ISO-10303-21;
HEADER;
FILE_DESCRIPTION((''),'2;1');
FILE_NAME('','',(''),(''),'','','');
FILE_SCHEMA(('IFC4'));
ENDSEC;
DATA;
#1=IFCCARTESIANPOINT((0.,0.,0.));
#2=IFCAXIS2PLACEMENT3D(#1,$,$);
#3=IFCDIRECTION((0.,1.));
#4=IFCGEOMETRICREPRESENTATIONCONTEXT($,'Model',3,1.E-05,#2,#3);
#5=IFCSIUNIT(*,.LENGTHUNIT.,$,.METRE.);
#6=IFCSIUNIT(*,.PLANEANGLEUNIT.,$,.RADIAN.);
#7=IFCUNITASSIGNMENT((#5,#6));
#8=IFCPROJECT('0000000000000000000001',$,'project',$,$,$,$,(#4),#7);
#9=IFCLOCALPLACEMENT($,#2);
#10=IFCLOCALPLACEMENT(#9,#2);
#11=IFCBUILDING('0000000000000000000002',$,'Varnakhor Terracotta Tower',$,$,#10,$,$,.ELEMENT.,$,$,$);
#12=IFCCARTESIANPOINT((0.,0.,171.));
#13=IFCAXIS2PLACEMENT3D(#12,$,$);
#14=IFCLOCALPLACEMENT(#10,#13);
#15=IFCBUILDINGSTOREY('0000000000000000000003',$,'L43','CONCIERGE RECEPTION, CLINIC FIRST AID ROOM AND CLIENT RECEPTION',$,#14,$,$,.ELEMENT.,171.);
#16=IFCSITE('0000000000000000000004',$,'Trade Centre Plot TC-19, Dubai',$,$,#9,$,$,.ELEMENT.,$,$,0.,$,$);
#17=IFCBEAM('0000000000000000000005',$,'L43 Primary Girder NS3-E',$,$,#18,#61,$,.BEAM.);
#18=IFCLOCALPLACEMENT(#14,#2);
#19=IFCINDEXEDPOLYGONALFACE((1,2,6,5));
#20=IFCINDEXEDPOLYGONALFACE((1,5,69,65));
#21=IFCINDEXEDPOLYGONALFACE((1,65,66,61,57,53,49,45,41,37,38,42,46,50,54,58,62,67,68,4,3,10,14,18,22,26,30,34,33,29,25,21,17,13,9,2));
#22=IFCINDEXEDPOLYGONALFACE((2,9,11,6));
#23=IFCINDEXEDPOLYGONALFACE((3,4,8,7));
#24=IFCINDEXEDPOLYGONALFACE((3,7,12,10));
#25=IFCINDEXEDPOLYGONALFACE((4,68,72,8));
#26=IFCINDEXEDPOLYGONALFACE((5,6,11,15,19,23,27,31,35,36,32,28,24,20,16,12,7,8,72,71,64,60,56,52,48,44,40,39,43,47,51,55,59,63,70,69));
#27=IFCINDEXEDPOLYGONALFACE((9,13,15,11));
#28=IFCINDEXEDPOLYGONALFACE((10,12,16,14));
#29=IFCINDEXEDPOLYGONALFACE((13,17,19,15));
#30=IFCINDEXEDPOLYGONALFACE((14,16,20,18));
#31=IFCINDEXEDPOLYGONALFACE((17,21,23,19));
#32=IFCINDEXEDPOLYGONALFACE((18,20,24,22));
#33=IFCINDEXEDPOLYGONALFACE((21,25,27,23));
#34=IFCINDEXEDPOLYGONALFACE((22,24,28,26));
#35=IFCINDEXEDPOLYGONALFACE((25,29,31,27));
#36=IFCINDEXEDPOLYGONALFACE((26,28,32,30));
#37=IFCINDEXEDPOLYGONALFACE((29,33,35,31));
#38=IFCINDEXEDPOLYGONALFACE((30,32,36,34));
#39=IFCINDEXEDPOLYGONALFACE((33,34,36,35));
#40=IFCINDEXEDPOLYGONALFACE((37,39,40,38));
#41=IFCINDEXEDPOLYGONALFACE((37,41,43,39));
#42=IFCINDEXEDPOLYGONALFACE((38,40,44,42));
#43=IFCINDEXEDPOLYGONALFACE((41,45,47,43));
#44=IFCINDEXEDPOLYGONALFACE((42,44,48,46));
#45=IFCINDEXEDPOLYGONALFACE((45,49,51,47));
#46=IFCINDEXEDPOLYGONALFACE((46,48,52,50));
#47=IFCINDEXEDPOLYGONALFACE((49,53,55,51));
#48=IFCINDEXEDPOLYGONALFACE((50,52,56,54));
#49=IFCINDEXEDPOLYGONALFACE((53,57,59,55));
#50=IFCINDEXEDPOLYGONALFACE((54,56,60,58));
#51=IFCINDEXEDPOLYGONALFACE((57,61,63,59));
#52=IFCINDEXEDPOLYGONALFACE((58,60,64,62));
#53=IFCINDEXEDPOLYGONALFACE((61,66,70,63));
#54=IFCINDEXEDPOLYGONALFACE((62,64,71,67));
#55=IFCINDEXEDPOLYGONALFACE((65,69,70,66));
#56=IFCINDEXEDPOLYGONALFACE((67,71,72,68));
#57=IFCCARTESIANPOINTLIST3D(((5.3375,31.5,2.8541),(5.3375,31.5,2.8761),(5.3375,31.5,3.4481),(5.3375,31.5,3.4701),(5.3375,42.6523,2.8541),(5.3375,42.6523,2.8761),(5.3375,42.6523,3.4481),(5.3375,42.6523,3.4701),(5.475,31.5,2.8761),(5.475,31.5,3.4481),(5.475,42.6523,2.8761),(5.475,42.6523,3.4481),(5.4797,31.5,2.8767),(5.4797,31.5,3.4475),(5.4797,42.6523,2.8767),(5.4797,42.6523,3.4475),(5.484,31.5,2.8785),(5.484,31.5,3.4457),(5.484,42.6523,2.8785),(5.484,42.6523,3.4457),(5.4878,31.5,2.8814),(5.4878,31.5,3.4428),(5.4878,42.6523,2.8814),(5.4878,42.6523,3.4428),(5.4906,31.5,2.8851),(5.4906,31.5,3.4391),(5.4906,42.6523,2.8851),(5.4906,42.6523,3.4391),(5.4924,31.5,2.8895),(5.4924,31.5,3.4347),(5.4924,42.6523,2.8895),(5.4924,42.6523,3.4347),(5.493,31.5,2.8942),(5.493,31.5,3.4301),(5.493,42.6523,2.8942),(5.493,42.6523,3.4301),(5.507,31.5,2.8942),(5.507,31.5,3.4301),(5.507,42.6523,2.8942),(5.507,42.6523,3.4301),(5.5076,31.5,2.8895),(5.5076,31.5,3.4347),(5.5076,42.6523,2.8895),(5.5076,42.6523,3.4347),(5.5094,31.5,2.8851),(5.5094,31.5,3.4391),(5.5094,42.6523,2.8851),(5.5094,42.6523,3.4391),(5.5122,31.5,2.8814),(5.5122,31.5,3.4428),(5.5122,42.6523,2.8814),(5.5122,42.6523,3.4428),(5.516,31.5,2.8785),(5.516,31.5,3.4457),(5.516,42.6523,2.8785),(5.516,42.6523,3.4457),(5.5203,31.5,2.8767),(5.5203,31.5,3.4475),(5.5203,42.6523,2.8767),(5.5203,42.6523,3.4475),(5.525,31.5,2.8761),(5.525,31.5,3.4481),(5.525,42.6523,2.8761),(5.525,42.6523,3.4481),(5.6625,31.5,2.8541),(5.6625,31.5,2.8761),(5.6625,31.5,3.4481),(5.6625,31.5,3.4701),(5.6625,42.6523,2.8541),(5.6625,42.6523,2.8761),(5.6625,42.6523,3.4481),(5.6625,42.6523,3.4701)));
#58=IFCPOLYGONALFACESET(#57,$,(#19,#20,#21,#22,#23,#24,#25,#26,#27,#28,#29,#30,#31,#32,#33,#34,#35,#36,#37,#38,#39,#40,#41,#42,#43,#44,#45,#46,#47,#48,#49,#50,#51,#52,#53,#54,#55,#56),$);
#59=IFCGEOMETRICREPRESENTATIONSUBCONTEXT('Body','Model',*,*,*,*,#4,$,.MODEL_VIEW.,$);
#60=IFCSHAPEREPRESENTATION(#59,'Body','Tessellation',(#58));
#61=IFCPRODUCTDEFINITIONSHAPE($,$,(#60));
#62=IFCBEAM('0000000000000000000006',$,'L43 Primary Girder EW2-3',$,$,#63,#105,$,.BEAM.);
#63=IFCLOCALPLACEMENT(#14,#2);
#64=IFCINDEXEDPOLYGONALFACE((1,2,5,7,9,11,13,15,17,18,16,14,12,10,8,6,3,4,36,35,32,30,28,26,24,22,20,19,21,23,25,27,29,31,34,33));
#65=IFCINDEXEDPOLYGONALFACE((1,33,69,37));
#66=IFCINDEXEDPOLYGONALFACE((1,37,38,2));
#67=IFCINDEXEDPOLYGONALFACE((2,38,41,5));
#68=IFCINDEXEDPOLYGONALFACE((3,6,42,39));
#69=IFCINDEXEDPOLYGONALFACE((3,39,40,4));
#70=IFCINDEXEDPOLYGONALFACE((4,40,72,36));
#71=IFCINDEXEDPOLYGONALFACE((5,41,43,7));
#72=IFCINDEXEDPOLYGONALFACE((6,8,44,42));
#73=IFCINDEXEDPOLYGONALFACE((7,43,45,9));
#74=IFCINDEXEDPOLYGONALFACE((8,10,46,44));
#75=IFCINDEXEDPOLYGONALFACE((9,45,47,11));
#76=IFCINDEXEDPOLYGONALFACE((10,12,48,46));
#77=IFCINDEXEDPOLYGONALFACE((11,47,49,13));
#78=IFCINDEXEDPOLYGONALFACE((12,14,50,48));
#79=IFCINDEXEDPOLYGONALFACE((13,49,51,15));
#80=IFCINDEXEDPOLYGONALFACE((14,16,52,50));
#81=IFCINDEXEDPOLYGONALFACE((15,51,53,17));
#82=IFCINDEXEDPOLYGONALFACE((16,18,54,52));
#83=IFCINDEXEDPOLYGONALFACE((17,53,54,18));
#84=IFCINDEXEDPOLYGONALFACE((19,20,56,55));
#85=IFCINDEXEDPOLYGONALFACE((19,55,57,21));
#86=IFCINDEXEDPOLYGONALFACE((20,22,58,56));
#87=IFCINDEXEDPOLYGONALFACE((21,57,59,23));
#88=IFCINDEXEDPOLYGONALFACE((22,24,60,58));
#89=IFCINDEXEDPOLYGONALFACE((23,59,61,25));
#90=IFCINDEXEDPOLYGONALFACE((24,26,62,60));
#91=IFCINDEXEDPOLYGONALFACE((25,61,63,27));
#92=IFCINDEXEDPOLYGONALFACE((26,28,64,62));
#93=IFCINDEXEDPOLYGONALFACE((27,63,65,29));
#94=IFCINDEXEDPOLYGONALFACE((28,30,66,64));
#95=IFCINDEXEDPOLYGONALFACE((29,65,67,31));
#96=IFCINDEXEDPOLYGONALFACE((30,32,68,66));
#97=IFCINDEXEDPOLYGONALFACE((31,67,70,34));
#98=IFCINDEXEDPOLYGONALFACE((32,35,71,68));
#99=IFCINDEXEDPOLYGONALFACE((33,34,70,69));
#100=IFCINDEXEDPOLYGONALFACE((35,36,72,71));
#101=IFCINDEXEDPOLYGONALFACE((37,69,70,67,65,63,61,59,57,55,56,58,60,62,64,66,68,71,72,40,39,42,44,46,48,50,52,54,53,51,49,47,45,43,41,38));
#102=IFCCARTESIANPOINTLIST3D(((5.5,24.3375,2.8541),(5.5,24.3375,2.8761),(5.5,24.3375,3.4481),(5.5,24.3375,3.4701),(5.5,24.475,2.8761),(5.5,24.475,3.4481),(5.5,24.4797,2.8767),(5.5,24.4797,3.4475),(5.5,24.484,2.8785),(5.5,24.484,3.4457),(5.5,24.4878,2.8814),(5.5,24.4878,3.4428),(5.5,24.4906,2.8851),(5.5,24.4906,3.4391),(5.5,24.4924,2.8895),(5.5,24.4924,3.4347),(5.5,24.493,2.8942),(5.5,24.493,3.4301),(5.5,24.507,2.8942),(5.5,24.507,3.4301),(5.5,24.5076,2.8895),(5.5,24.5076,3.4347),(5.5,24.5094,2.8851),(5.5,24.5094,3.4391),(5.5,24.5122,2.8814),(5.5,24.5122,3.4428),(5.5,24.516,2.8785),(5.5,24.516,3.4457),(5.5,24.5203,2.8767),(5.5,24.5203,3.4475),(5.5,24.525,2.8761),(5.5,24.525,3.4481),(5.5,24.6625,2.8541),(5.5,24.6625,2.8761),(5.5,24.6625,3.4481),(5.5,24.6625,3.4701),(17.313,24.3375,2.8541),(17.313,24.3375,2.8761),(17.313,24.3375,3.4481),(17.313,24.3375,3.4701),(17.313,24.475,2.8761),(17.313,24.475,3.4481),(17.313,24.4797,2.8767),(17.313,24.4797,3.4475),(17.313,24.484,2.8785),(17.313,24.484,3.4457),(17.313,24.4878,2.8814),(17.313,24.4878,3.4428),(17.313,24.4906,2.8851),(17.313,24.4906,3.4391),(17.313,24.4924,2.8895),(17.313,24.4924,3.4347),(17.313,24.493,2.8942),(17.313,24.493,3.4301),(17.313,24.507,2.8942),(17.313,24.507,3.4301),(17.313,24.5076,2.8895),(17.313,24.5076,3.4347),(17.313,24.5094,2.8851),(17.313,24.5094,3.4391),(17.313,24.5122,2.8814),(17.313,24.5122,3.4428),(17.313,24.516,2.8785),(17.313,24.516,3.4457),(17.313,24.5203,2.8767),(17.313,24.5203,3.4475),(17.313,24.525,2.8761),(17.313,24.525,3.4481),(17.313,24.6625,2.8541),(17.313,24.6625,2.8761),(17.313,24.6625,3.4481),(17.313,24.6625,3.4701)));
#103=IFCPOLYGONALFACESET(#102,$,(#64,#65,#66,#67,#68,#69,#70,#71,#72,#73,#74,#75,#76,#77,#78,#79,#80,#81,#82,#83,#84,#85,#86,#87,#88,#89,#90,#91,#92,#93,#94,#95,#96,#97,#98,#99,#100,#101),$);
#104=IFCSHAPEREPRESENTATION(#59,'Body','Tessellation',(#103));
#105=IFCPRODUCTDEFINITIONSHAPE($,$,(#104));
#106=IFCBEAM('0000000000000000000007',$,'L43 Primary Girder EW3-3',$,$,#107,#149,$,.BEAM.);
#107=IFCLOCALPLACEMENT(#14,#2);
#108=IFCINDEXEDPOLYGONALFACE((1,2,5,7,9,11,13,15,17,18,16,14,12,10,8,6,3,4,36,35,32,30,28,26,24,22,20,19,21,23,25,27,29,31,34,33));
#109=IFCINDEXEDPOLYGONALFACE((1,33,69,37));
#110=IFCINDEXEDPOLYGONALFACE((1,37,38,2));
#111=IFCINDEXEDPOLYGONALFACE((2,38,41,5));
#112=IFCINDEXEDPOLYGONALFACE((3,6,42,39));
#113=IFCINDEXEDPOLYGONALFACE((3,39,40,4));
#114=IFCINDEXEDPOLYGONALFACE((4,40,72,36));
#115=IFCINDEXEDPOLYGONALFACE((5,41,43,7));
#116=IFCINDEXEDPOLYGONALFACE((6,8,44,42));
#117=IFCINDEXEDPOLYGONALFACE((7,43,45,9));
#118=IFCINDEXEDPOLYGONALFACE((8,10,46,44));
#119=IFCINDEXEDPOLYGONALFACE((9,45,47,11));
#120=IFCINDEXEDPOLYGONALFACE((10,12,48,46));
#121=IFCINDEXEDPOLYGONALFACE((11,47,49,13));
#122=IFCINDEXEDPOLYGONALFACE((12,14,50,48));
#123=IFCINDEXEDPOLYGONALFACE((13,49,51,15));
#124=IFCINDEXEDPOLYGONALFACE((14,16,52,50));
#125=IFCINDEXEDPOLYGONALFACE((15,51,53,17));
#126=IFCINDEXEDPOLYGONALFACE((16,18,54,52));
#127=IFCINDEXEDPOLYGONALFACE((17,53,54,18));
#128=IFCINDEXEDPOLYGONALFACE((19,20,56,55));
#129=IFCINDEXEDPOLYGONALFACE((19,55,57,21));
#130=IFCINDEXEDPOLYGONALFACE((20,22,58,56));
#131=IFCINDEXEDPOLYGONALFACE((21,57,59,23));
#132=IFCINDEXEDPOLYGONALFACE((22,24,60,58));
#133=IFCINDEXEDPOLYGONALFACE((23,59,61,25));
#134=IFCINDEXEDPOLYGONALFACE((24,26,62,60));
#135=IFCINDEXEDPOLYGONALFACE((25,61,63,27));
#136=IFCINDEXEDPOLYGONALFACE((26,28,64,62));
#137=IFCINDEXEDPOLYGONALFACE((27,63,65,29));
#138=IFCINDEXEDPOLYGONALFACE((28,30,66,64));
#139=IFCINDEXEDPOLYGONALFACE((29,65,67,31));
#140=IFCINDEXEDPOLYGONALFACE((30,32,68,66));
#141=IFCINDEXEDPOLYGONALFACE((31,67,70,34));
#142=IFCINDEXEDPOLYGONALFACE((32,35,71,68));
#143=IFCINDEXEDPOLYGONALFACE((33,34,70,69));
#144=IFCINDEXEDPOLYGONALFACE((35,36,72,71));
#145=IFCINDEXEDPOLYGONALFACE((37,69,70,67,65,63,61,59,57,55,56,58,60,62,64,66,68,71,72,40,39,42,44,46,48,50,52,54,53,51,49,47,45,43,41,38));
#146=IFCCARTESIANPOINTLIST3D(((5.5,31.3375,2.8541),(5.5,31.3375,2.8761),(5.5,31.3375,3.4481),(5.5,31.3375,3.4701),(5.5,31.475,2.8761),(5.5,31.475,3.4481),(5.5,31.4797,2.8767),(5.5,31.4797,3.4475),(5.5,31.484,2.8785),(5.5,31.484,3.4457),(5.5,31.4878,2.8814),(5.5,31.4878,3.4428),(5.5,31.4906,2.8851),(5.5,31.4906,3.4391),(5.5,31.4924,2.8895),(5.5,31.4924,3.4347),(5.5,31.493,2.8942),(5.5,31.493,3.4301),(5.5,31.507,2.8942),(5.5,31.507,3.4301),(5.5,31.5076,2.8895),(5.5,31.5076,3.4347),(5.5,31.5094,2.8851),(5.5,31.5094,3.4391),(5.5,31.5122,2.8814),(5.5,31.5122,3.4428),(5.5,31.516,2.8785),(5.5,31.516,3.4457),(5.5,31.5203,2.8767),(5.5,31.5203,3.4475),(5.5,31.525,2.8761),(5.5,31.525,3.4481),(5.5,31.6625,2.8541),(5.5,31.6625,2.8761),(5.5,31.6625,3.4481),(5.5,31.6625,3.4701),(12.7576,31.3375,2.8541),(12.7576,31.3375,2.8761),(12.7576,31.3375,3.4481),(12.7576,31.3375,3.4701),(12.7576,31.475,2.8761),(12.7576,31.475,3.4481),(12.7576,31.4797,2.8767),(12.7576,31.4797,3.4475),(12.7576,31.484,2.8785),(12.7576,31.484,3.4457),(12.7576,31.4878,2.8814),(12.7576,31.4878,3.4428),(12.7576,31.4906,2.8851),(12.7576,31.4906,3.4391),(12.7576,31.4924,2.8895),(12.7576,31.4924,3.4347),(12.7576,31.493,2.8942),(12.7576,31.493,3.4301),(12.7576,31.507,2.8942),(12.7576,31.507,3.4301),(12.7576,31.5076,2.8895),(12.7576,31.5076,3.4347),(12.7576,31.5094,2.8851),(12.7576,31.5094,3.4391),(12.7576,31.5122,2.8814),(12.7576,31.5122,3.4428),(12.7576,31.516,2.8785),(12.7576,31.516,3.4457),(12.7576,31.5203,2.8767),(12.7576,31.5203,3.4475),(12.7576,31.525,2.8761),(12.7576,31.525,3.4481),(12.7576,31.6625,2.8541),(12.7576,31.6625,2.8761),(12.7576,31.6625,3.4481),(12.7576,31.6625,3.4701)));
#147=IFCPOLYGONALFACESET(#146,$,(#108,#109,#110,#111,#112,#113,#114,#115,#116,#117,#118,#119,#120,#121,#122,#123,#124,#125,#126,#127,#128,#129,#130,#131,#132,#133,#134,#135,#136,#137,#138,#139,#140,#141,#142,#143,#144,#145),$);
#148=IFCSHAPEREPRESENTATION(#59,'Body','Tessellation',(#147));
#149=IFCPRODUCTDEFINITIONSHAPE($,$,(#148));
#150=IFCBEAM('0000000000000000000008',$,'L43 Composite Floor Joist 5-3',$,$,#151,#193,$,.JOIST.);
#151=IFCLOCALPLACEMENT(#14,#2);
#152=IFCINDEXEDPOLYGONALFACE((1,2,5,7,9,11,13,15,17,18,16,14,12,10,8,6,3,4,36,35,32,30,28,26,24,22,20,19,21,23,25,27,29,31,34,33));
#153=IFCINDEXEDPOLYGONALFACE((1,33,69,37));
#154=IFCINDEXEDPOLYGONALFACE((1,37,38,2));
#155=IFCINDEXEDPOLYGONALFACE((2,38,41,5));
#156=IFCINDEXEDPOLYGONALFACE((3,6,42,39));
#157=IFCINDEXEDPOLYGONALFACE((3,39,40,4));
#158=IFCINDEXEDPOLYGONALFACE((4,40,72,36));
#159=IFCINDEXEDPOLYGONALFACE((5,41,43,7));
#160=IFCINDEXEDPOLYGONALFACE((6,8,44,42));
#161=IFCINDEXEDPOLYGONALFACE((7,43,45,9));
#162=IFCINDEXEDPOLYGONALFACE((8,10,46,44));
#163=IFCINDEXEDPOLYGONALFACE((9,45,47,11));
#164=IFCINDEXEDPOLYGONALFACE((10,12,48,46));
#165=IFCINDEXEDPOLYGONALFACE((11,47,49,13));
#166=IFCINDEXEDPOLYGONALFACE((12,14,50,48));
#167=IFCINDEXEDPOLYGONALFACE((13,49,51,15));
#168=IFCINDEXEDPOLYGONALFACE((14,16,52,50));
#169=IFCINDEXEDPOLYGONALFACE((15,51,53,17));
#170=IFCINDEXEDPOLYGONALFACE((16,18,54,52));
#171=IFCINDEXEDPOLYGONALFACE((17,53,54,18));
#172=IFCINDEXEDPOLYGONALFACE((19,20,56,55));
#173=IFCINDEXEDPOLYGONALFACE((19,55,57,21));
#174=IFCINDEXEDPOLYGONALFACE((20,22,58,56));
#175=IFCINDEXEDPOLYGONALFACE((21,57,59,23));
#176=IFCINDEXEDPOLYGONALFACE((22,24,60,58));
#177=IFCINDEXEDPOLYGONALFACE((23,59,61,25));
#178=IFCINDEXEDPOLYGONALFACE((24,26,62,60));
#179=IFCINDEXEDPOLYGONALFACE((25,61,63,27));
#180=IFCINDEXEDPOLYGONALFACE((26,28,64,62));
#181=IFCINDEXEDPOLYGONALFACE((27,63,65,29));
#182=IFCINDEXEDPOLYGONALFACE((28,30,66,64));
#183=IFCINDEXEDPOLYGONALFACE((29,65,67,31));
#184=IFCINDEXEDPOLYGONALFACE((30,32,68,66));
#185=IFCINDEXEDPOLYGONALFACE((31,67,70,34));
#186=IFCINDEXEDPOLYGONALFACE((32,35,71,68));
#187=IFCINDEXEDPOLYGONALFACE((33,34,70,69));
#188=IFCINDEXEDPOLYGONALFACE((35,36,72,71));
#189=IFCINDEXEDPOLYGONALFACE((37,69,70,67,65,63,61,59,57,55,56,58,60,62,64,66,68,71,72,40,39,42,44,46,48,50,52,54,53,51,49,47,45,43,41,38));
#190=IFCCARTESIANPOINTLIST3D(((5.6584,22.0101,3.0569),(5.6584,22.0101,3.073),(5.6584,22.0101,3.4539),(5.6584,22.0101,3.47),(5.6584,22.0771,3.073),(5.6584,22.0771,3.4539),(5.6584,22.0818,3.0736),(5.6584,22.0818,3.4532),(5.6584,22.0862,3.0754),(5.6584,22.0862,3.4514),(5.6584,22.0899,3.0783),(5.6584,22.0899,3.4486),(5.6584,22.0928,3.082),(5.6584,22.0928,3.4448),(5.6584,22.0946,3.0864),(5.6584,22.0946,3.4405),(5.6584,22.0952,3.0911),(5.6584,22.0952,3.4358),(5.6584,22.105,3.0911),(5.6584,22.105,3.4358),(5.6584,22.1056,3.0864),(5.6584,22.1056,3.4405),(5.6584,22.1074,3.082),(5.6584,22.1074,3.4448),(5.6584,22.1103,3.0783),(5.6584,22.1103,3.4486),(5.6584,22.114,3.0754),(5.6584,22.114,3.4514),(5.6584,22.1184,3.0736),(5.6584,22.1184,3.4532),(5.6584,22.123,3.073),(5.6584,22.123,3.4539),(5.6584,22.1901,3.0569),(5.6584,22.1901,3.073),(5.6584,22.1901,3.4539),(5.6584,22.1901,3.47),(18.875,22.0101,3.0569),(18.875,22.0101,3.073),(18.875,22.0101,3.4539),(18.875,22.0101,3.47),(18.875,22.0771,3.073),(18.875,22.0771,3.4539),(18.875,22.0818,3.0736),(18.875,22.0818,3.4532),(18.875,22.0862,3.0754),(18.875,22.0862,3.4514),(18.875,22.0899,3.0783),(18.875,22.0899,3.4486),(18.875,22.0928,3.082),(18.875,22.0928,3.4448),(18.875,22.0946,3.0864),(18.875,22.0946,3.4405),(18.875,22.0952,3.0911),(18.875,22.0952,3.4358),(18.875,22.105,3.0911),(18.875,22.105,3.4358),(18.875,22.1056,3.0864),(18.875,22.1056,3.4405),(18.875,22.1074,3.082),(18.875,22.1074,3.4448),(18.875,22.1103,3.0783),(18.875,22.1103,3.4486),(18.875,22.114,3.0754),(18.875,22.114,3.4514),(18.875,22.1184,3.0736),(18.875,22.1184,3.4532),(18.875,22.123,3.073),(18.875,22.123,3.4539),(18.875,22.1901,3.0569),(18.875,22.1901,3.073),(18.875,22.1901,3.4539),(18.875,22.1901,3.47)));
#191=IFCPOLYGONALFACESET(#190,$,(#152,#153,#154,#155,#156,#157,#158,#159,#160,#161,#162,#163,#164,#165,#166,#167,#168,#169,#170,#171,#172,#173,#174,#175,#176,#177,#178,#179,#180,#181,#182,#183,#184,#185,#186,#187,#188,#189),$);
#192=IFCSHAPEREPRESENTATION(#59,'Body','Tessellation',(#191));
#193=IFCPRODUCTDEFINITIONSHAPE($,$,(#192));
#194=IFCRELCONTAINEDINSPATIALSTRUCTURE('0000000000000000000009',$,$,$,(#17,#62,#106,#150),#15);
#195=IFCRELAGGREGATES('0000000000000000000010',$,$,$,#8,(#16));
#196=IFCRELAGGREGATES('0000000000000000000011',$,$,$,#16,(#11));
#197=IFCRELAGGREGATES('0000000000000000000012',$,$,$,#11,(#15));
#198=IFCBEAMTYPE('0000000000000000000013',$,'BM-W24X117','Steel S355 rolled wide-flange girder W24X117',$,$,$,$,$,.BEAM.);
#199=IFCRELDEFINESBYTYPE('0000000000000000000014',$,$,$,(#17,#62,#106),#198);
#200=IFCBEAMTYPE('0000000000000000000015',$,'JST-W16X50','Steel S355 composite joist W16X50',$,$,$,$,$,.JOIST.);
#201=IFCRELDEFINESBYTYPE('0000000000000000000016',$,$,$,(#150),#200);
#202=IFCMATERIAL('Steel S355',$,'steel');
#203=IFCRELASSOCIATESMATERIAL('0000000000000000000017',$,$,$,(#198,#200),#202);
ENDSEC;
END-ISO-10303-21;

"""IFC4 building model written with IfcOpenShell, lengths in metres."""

from ifc_helpers import new_model, si_unit, direction, frame, origin, origin_2d, place, context, subcontext, project, spatial, i_section, extrude, source, transform, mapped, material, material_profile, profile_set, type_object, element, save


model = new_model("IFC4")

# Units and contexts
model_context = context("Model", 3, precision=1e-05, world=origin(), true_north=direction((0.0, 1.0)))
body_context = subcontext(model_context, "Body", "Model", "MODEL_VIEW")
ifc_project = project(units=[si_unit("LENGTHUNIT", "METRE"), si_unit("PLANEANGLEUNIT", "RADIAN")], contexts=[model_context])

# Site, building, storey
site_placement = place(None, origin())
site = spatial("IfcSite", under=ifc_project, at=site_placement, Name="Trade Centre Plot TC-19, Dubai", CompositionType="ELEMENT", RefElevation=0.0)
building_placement = place(site_placement, origin())
building = spatial("IfcBuilding", under=site, at=building_placement, Name="Varnakhor Terracotta Tower", CompositionType="ELEMENT")
storey_placement = place(building_placement, frame((0.0, 0.0, 171.0)))
storey = spatial("IfcBuildingStorey", under=building, at=storey_placement, Name="L43", Description="CONCIERGE RECEPTION, CLINIC FIRST AID ROOM AND CLIENT RECEPTION", CompositionType="ELEMENT", Elevation=171.0)

# Beams
ifc_material_1 = material(Name="Steel S355", Category="steel")
ifc_material_profile_1 = material_profile(ifc_material_1, i_section(OverallWidth=0.325, OverallDepth=0.616, WebThickness=0.0139, FlangeThickness=0.022, FilletRadius=0.0181, at=origin_2d()), Name="W24X117")
ifc_profile_set_1 = profile_set([ifc_material_profile_1], Name="Steel S355")
beam_type_1 = type_object("IfcBeamType", Name="BM-W24X117", Description="Steel S355 rolled wide-flange girder W24X117", PredefinedType="BEAM", material=ifc_profile_set_1)
shared_shape_1 = source(origin(), body_context, "Body", "SweptSolid", [
    extrude(i_section(OverallWidth=0.325, OverallDepth=0.616, WebThickness=0.0139, FlangeThickness=0.022, FilletRadius=0.0181, at=origin_2d()), origin(), (0.0, 0.0, 1.0), 11.1523),
])
beam_1_placement = place(storey_placement, frame((5.5, 31.5, 3.1621), z_axis=(0.0, 1.0, 0.0), x_axis=(-1.0, 0.0, 0.0)))
element("IfcBeam", 1, at=beam_1_placement, inside=storey, type_object=beam_type_1, Name="L43 Primary Girder NS3-E", PredefinedType="BEAM", context=body_context, shape_type="MappedRepresentation", body=[
    mapped(shared_shape_1, transform((0.0, 0.0, 0.0), scale=1.0)),
])
shared_shape_2 = source(origin(), body_context, "Body", "SweptSolid", [
    extrude(i_section(OverallWidth=0.325, OverallDepth=0.616, WebThickness=0.0139, FlangeThickness=0.022, FilletRadius=0.0181, at=origin_2d()), origin(), (0.0, 0.0, 1.0), 11.813),
])
beam_2_placement = place(storey_placement, frame((5.5, 24.5, 3.1621), z_axis=(1.0, 0.0, 0.0), x_axis=(0.0, 1.0, 0.0)))
element("IfcBeam", 2, at=beam_2_placement, inside=storey, type_object=beam_type_1, Name="L43 Primary Girder EW2-3", PredefinedType="BEAM", context=body_context, shape_type="MappedRepresentation", body=[
    mapped(shared_shape_2, transform((0.0, 0.0, 0.0), scale=1.0)),
])
shared_shape_3 = source(origin(), body_context, "Body", "SweptSolid", [
    extrude(i_section(OverallWidth=0.325, OverallDepth=0.616, WebThickness=0.0139, FlangeThickness=0.022, FilletRadius=0.0181, at=origin_2d()), origin(), (0.0, 0.0, 1.0), 7.2576),
])
beam_3_placement = place(storey_placement, frame((5.5, 31.5, 3.1621), z_axis=(1.0, 0.0, 0.0), x_axis=(0.0, 1.0, 0.0)))
element("IfcBeam", 3, at=beam_3_placement, inside=storey, type_object=beam_type_1, Name="L43 Primary Girder EW3-3", PredefinedType="BEAM", context=body_context, shape_type="MappedRepresentation", body=[
    mapped(shared_shape_3, transform((0.0, 0.0, 0.0), scale=1.0)),
])
ifc_material_profile_2 = material_profile(ifc_material_1, i_section(OverallWidth=0.1799, OverallDepth=0.4131, WebThickness=0.0098, FlangeThickness=0.0161, FilletRadius=0.0181, at=origin_2d()), Name="W16X50")
ifc_profile_set_2 = profile_set([ifc_material_profile_2], Name="Steel S355")
beam_type_2 = type_object("IfcBeamType", Name="JST-W16X50", Description="Steel S355 composite joist W16X50", PredefinedType="JOIST", material=ifc_profile_set_2)
shared_shape_4 = source(origin(), body_context, "Body", "SweptSolid", [
    extrude(i_section(OverallWidth=0.1799, OverallDepth=0.4131, WebThickness=0.0098, FlangeThickness=0.0161, FilletRadius=0.0181, at=origin_2d()), origin(), (0.0, 0.0, 1.0), 13.2166),
])
beam_4_placement = place(storey_placement, frame((5.6584, 22.1001, 3.2634), z_axis=(1.0, 0.0, 0.0), x_axis=(0.0, 1.0, 0.0)))
element("IfcBeam", 4, at=beam_4_placement, inside=storey, type_object=beam_type_2, Name="L43 Composite Floor Joist 5-3", PredefinedType="JOIST", context=body_context, shape_type="MappedRepresentation", body=[
    mapped(shared_shape_4, transform((0.0, 0.0, 0.0), scale=1.0)),
])

save(model, "model.ifc")
